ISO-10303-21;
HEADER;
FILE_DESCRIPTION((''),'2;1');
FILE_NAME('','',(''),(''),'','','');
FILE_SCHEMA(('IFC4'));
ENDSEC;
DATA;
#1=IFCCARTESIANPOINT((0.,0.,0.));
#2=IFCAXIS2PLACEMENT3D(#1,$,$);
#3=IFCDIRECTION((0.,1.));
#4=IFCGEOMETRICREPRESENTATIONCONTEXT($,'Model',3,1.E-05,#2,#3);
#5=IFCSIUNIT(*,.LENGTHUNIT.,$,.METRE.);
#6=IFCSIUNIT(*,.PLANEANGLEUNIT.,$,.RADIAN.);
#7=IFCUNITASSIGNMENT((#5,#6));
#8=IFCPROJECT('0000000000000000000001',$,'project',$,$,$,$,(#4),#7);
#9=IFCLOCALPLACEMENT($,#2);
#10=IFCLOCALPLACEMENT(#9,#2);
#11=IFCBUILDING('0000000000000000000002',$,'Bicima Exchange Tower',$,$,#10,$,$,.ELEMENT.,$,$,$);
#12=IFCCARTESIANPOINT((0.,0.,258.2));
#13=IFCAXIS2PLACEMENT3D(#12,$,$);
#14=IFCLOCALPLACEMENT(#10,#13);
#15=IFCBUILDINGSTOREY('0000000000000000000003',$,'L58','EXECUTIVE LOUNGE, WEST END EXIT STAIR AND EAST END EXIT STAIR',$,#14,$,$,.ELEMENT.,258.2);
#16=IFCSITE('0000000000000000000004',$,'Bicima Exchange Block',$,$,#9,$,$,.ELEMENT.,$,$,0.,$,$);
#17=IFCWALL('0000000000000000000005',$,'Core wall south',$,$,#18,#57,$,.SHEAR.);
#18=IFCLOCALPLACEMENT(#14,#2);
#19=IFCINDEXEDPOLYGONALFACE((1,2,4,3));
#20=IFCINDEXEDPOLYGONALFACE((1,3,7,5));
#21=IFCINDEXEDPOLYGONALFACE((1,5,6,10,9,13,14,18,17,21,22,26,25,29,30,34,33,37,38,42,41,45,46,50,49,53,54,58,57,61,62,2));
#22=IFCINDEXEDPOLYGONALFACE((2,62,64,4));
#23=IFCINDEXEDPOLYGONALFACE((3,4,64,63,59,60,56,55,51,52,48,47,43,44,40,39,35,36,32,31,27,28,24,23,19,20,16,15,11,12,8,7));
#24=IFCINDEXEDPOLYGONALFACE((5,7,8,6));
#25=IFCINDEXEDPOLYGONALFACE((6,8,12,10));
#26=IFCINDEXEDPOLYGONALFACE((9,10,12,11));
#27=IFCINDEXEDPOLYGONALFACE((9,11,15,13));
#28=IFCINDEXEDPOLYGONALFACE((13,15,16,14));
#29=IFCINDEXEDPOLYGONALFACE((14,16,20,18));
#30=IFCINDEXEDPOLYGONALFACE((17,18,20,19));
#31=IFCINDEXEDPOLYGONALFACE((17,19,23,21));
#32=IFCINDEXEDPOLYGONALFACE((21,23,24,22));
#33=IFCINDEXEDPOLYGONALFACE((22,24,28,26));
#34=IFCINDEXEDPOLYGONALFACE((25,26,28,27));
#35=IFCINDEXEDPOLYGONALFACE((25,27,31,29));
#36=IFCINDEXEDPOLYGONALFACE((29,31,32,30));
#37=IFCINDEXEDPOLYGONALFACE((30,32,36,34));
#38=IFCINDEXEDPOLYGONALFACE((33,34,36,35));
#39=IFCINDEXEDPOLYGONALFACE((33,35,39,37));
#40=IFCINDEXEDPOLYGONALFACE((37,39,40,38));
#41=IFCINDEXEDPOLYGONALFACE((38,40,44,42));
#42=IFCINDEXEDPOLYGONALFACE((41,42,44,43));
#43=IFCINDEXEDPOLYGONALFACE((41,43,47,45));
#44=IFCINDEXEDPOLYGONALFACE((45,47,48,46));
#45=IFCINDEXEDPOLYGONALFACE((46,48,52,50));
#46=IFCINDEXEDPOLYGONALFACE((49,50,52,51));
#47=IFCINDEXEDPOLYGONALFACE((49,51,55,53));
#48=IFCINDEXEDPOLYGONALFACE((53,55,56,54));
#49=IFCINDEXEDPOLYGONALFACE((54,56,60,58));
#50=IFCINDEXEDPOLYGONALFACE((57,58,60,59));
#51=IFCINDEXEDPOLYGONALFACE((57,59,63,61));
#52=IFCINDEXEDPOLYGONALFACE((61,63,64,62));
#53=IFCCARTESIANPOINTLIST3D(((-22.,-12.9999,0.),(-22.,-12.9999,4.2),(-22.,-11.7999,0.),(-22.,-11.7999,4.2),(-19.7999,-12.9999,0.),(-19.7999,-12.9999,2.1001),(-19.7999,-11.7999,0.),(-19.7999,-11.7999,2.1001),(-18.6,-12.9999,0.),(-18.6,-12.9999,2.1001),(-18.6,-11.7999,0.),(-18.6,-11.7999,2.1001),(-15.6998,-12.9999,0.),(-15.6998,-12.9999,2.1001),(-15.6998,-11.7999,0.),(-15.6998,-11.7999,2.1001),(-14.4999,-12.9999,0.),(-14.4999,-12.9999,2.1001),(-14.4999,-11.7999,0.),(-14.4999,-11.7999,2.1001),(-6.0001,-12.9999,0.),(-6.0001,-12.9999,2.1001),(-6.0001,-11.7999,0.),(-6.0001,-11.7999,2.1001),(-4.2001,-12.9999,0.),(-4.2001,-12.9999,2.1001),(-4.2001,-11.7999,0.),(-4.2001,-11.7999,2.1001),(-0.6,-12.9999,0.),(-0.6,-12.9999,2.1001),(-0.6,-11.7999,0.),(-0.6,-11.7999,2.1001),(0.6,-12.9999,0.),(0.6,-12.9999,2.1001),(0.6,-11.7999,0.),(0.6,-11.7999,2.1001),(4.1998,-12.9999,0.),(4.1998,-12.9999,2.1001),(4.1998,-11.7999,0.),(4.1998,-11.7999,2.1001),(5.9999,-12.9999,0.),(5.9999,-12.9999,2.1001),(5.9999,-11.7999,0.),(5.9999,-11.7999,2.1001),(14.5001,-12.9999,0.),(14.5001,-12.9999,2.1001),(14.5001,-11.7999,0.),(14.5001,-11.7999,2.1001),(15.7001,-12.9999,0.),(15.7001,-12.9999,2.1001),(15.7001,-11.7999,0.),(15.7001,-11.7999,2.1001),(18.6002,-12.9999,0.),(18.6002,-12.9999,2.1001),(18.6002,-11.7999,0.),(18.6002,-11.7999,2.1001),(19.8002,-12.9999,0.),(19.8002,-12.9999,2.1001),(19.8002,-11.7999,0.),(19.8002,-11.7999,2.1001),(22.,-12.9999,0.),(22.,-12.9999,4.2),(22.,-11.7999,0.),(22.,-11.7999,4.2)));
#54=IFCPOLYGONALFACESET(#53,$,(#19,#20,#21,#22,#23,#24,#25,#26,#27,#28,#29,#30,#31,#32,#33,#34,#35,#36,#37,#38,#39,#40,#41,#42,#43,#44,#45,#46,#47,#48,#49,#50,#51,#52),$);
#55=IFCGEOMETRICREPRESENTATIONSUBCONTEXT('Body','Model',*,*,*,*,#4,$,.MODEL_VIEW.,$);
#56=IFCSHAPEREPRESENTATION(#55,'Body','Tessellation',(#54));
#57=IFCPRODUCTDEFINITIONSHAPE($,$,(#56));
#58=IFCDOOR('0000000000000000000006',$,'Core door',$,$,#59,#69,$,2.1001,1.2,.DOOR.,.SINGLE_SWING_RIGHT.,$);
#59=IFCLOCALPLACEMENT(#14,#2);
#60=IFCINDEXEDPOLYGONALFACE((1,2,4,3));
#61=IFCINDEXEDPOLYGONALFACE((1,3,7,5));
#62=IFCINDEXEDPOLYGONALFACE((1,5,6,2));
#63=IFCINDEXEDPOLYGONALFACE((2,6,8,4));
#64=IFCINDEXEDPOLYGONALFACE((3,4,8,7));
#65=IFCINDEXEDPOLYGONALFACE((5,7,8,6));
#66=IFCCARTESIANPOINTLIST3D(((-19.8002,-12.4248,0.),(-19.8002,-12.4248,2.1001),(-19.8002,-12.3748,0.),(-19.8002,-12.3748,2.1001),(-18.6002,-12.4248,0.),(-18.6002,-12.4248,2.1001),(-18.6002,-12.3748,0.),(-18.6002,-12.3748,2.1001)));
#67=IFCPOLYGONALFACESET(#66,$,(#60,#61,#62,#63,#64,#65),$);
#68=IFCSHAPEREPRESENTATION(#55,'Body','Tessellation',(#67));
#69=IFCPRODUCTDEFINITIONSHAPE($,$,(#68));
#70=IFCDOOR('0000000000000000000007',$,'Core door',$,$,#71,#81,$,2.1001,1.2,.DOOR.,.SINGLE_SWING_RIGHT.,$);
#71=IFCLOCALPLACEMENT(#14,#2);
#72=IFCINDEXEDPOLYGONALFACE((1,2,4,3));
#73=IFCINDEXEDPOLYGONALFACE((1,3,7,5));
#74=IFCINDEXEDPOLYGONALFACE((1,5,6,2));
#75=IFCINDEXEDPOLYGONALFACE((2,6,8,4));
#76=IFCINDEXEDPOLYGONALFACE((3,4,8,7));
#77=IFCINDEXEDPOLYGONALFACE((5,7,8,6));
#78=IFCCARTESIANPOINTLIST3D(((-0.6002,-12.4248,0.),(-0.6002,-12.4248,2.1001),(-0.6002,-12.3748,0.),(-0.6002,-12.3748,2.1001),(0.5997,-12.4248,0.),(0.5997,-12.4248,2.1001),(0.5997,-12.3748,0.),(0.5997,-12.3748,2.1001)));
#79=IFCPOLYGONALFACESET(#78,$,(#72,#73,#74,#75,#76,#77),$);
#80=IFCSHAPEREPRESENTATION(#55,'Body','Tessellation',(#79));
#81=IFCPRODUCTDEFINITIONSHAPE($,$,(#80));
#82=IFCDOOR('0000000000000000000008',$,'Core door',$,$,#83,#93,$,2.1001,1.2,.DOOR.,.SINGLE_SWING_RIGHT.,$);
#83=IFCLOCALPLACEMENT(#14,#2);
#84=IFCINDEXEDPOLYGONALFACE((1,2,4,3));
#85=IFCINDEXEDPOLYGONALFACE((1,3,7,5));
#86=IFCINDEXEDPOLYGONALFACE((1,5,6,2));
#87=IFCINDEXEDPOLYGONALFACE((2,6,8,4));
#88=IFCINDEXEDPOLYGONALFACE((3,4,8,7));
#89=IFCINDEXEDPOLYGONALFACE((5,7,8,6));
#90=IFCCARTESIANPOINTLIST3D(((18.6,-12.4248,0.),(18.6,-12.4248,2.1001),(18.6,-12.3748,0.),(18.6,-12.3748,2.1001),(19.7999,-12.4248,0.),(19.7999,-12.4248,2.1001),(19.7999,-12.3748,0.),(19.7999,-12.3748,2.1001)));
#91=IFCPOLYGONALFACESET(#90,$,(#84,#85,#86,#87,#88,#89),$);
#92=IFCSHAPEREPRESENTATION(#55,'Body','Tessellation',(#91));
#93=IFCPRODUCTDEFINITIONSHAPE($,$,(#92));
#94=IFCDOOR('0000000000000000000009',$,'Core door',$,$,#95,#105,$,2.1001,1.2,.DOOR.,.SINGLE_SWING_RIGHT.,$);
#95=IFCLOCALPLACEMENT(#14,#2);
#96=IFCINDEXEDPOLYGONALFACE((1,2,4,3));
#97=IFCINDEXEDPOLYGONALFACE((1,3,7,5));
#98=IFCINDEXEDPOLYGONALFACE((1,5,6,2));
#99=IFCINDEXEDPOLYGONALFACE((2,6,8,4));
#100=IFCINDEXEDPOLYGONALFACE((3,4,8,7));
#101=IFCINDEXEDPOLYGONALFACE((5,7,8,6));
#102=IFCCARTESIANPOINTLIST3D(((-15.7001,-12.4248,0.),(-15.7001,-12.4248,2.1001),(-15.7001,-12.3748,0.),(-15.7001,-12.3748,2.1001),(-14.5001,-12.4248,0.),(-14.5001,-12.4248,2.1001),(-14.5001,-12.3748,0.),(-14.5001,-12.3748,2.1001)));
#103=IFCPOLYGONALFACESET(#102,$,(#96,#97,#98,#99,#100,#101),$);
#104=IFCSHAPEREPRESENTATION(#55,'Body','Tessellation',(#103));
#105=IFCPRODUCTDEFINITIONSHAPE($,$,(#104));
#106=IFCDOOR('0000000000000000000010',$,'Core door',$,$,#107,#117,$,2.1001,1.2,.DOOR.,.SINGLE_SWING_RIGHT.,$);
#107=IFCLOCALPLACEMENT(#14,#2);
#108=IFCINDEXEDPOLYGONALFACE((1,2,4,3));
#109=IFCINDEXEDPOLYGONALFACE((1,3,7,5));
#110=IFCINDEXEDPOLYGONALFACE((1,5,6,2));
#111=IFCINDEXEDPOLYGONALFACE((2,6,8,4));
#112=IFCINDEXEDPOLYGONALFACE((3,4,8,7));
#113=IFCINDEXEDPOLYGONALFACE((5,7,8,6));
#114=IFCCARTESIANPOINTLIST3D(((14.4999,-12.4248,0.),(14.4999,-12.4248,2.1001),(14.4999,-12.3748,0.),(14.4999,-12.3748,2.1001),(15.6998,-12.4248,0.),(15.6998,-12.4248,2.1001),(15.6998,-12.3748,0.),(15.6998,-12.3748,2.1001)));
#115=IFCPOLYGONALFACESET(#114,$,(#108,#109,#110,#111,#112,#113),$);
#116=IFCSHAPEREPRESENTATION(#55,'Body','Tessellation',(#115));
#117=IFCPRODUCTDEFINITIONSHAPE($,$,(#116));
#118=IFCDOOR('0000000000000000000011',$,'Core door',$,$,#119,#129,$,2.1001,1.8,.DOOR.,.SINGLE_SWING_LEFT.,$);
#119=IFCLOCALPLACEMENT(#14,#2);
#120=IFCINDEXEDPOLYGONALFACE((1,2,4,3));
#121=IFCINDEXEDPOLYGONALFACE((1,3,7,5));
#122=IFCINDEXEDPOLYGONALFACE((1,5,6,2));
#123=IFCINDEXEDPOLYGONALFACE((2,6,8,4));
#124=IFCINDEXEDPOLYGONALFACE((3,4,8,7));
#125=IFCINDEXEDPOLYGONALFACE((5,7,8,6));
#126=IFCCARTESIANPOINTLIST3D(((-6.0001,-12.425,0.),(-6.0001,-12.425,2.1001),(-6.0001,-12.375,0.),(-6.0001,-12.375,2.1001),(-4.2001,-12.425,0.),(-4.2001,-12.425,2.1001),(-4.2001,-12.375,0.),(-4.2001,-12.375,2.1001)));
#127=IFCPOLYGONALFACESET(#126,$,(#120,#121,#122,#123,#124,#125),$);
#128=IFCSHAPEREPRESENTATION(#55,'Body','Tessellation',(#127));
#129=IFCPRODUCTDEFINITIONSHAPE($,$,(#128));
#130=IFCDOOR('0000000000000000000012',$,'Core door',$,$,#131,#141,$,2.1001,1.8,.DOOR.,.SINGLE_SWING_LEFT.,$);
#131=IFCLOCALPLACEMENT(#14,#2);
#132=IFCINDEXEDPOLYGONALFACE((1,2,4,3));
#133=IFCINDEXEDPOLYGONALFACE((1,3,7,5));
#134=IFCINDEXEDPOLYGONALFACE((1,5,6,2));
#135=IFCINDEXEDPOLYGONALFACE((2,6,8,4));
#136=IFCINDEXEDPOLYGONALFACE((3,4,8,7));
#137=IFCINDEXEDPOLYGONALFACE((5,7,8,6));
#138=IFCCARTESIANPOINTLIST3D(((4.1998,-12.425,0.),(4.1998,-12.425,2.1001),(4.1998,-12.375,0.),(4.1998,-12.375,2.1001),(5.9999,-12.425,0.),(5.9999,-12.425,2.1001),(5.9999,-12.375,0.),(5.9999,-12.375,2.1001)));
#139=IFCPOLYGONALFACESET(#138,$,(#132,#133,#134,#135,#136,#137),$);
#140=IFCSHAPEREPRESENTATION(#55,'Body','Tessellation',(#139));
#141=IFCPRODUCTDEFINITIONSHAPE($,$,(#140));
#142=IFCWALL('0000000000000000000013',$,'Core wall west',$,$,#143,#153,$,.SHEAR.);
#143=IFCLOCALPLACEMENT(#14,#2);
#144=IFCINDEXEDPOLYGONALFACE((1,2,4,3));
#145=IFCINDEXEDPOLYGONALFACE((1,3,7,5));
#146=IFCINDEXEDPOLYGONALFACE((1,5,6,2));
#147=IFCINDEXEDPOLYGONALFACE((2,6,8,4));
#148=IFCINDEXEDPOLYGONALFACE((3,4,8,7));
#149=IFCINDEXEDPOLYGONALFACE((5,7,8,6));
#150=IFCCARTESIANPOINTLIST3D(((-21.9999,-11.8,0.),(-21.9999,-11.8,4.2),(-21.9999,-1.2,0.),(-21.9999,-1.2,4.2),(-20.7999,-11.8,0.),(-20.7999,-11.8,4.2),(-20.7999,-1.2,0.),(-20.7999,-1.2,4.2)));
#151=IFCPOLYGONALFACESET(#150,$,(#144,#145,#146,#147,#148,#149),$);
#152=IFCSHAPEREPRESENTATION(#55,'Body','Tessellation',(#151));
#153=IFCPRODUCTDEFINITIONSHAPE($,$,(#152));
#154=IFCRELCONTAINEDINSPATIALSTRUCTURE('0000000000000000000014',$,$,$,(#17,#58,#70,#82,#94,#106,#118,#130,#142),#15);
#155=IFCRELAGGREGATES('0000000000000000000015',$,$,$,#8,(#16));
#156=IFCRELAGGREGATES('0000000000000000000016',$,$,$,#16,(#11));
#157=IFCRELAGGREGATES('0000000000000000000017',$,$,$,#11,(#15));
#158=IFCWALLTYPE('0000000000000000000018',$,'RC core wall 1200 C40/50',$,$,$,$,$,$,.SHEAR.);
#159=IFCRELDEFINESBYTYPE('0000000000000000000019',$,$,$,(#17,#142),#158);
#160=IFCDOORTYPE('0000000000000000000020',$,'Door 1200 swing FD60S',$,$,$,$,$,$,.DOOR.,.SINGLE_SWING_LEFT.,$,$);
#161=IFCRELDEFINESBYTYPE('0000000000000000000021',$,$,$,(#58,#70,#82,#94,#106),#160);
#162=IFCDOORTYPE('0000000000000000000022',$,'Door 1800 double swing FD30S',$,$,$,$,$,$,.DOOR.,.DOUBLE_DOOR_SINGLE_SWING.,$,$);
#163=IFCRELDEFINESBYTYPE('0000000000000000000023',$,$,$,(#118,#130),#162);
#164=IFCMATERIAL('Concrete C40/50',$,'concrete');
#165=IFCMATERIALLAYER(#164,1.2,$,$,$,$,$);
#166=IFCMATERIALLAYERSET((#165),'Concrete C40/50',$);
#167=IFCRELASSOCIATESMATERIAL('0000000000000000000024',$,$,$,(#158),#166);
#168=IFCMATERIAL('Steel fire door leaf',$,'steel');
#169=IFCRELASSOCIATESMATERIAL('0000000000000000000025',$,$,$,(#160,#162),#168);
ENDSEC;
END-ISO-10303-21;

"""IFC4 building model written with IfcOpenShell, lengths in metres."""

from ifc_helpers import new_model, si_unit, direction, frame, frame_2d, origin, place, context, subcontext, project, spatial, rectangle, extrude, material, layer, layer_set, type_object, element, fill, save


model = new_model("IFC4")

# Units and contexts
model_context = context("Model", 3, precision=1e-05, world=origin(), true_north=direction((0.0, 1.0)))
body_context = subcontext(model_context, "Body", "Model", "MODEL_VIEW")
ifc_project = project(units=[si_unit("LENGTHUNIT", "METRE"), si_unit("PLANEANGLEUNIT", "RADIAN")], contexts=[model_context])

# Site, building, storey
site_placement = place(None, origin())
site = spatial("IfcSite", under=ifc_project, at=site_placement, Name="Bicima Exchange Block", CompositionType="ELEMENT", RefElevation=0.0)
building_placement = place(site_placement, origin())
building = spatial("IfcBuilding", under=site, at=building_placement, Name="Bicima Exchange Tower", CompositionType="ELEMENT")
storey_placement = place(building_placement, frame((0.0, 0.0, 258.2)))
storey = spatial("IfcBuildingStorey", under=building, at=storey_placement, Name="L58", Description="EXECUTIVE LOUNGE, WEST END EXIT STAIR AND EAST END EXIT STAIR", CompositionType="ELEMENT", Elevation=258.2)

# Wall, openings, doors
ifc_material_1 = material(Name="Concrete C40/50", Category="concrete")
ifc_layer_1 = layer(ifc_material_1, 1.2)
ifc_layer_set_1 = layer_set([ifc_layer_1], Name="Concrete C40/50")
wall_type_1 = type_object("IfcWallType", Name="RC core wall 1200 C40/50", PredefinedType="SHEAR", material=ifc_layer_set_1)
wall_1_placement = place(storey_placement, frame((-22.0, -12.3999, 0.0), z_axis=(0.0, 0.0, 1.0), x_axis=(1.0, 0.0, 0.0)))
wall_1 = element("IfcWall", 1, at=wall_1_placement, inside=storey, type_object=wall_type_1, Name="Core wall south", PredefinedType="SHEAR", context=body_context, shape_type="SweptSolid", body=[
    extrude(rectangle(XDim=44.0, YDim=1.2, at=frame_2d((22.0, 0.0))), origin(), (0.0, 0.0, 1.0), 4.2),
])
opening_1_placement = place(wall_1_placement, frame((2.2, 0.0, 0.0)))
opening_1 = element("IfcOpeningElement", 2, at=opening_1_placement, cuts=wall_1, PredefinedType="OPENING", context=body_context, shape_type="SweptSolid", body=[
    extrude(rectangle(XDim=1.2, YDim=2.1001, at=frame_2d((0.6001, 1.05))), frame((0.0, 0.6118, 0.0), z_axis=(0.0, -1.0, 0.0), x_axis=(1.0, 0.0, 0.0)), (0.0, 0.0, 1.0), 1.2239),
])
opening_2_placement = place(wall_1_placement, frame((21.3999, 0.0, 0.0)))
opening_2 = element("IfcOpeningElement", 3, at=opening_2_placement, cuts=wall_1, PredefinedType="OPENING", context=body_context, shape_type="SweptSolid", body=[
    extrude(rectangle(XDim=1.2, YDim=2.1001, at=frame_2d((0.6001, 1.05))), frame((0.0, 0.6118, 0.0), z_axis=(0.0, -1.0, 0.0), x_axis=(1.0, 0.0, 0.0)), (0.0, 0.0, 1.0), 1.2239),
])
opening_3_placement = place(wall_1_placement, frame((40.6001, 0.0, 0.0)))
opening_3 = element("IfcOpeningElement", 4, at=opening_3_placement, cuts=wall_1, PredefinedType="OPENING", context=body_context, shape_type="SweptSolid", body=[
    extrude(rectangle(XDim=1.2, YDim=2.1001, at=frame_2d((0.6001, 1.05))), frame((0.0, 0.6118, 0.0), z_axis=(0.0, -1.0, 0.0), x_axis=(1.0, 0.0, 0.0)), (0.0, 0.0, 1.0), 1.2239),
])
opening_4_placement = place(wall_1_placement, frame((16.0, 0.0, 0.0)))
opening_4 = element("IfcOpeningElement", 5, at=opening_4_placement, cuts=wall_1, PredefinedType="OPENING", context=body_context, shape_type="SweptSolid", body=[
    extrude(rectangle(XDim=1.8, YDim=2.1001, at=frame_2d((0.8999, 1.05))), frame((0.0, 0.6118, 0.0), z_axis=(0.0, -1.0, 0.0), x_axis=(1.0, 0.0, 0.0)), (0.0, 0.0, 1.0), 1.2239),
])
opening_5_placement = place(wall_1_placement, frame((6.3, 0.0, 0.0)))
opening_5 = element("IfcOpeningElement", 6, at=opening_5_placement, cuts=wall_1, PredefinedType="OPENING", context=body_context, shape_type="SweptSolid", body=[
    extrude(rectangle(XDim=1.2, YDim=2.1001, at=frame_2d((0.6001, 1.05))), frame((0.0, 0.6118, 0.0), z_axis=(0.0, -1.0, 0.0), x_axis=(1.0, 0.0, 0.0)), (0.0, 0.0, 1.0), 1.2239),
])
opening_6_placement = place(wall_1_placement, frame((26.2, 0.0, 0.0)))
opening_6 = element("IfcOpeningElement", 7, at=opening_6_placement, cuts=wall_1, PredefinedType="OPENING", context=body_context, shape_type="SweptSolid", body=[
    extrude(rectangle(XDim=1.8, YDim=2.1001, at=frame_2d((0.8999, 1.05))), frame((0.0, 0.6118, 0.0), z_axis=(0.0, -1.0, 0.0), x_axis=(1.0, 0.0, 0.0)), (0.0, 0.0, 1.0), 1.2239),
])
opening_7_placement = place(wall_1_placement, frame((36.5, 0.0, 0.0)))
opening_7 = element("IfcOpeningElement", 8, at=opening_7_placement, cuts=wall_1, PredefinedType="OPENING", context=body_context, shape_type="SweptSolid", body=[
    extrude(rectangle(XDim=1.2, YDim=2.1001, at=frame_2d((0.6001, 1.05))), frame((0.0, 0.6118, 0.0), z_axis=(0.0, -1.0, 0.0), x_axis=(1.0, 0.0, 0.0)), (0.0, 0.0, 1.0), 1.2239),
])
ifc_material_2 = material(Name="Steel fire door leaf", Category="steel")
door_type_1 = type_object("IfcDoorType", Name="Door 1200 swing FD60S", OperationType="SINGLE_SWING_LEFT", PredefinedType="DOOR", material=ifc_material_2)
door_1_placement = place(opening_1_placement, frame((1.2, 0.0, 0.0), z_axis=(0.0, 0.0, 1.0), x_axis=(-1.0, 0.0, 0.0)))
door_1 = element("IfcDoor", 9, at=door_1_placement, inside=storey, type_object=door_type_1, Name="Core door", OperationType="SINGLE_SWING_RIGHT", OverallHeight=2.1001, OverallWidth=1.2, PredefinedType="DOOR", context=body_context, shape_type="SweptSolid", body=[
    extrude(rectangle(XDim=1.2, YDim=2.1001, at=frame_2d((0.6001, 1.05))), frame((0.0, 0.0249, 0.0), z_axis=(0.0, -1.0, 0.0), x_axis=(1.0, 0.0, 0.0)), (0.0, 0.0, 1.0), 0.05),
])
fill(opening_1, door_1)
door_2_placement = place(opening_2_placement, frame((1.2, 0.0, 0.0), z_axis=(0.0, 0.0, 1.0), x_axis=(-1.0, 0.0, 0.0)))
door_2 = element("IfcDoor", 10, at=door_2_placement, inside=storey, type_object=door_type_1, Name="Core door", OperationType="SINGLE_SWING_RIGHT", OverallHeight=2.1001, OverallWidth=1.2, PredefinedType="DOOR", context=body_context, shape_type="SweptSolid", body=[
    extrude(rectangle(XDim=1.2, YDim=2.1001, at=frame_2d((0.6001, 1.05))), frame((0.0, 0.0249, 0.0), z_axis=(0.0, -1.0, 0.0), x_axis=(1.0, 0.0, 0.0)), (0.0, 0.0, 1.0), 0.05),
])
fill(opening_2, door_2)
door_3_placement = place(opening_3_placement, frame((1.2, 0.0, 0.0), z_axis=(0.0, 0.0, 1.0), x_axis=(-1.0, 0.0, 0.0)))
door_3 = element("IfcDoor", 11, at=door_3_placement, inside=storey, type_object=door_type_1, Name="Core door", OperationType="SINGLE_SWING_RIGHT", OverallHeight=2.1001, OverallWidth=1.2, PredefinedType="DOOR", context=body_context, shape_type="SweptSolid", body=[
    extrude(rectangle(XDim=1.2, YDim=2.1001, at=frame_2d((0.6001, 1.05))), frame((0.0, 0.0249, 0.0), z_axis=(0.0, -1.0, 0.0), x_axis=(1.0, 0.0, 0.0)), (0.0, 0.0, 1.0), 0.05),
])
fill(opening_3, door_3)
door_4_placement = place(opening_5_placement, frame((1.2, 0.0, 0.0), z_axis=(0.0, 0.0, 1.0), x_axis=(-1.0, 0.0, 0.0)))
door_4 = element("IfcDoor", 12, at=door_4_placement, inside=storey, type_object=door_type_1, Name="Core door", OperationType="SINGLE_SWING_RIGHT", OverallHeight=2.1001, OverallWidth=1.2, PredefinedType="DOOR", context=body_context, shape_type="SweptSolid", body=[
    extrude(rectangle(XDim=1.2, YDim=2.1001, at=frame_2d((0.6001, 1.05))), frame((0.0, 0.0249, 0.0), z_axis=(0.0, -1.0, 0.0), x_axis=(1.0, 0.0, 0.0)), (0.0, 0.0, 1.0), 0.05),
])
fill(opening_5, door_4)
door_5_placement = place(opening_7_placement, frame((1.2, 0.0, 0.0), z_axis=(0.0, 0.0, 1.0), x_axis=(-1.0, 0.0, 0.0)))
door_5 = element("IfcDoor", 13, at=door_5_placement, inside=storey, type_object=door_type_1, Name="Core door", OperationType="SINGLE_SWING_RIGHT", OverallHeight=2.1001, OverallWidth=1.2, PredefinedType="DOOR", context=body_context, shape_type="SweptSolid", body=[
    extrude(rectangle(XDim=1.2, YDim=2.1001, at=frame_2d((0.6001, 1.05))), frame((0.0, 0.0249, 0.0), z_axis=(0.0, -1.0, 0.0), x_axis=(1.0, 0.0, 0.0)), (0.0, 0.0, 1.0), 0.05),
])
fill(opening_7, door_5)
door_type_2 = type_object("IfcDoorType", Name="Door 1800 double swing FD30S", OperationType="DOUBLE_DOOR_SINGLE_SWING", PredefinedType="DOOR", material=ifc_material_2)
door_6_placement = place(opening_4_placement, origin())
door_6 = element("IfcDoor", 14, at=door_6_placement, inside=storey, type_object=door_type_2, Name="Core door", OperationType="SINGLE_SWING_LEFT", OverallHeight=2.1001, OverallWidth=1.8, PredefinedType="DOOR", context=body_context, shape_type="SweptSolid", body=[
    extrude(rectangle(XDim=1.8, YDim=2.1001, at=frame_2d((0.8999, 1.05))), frame((0.0, 0.0249, 0.0), z_axis=(0.0, -1.0, 0.0), x_axis=(1.0, 0.0, 0.0)), (0.0, 0.0, 1.0), 0.05),
])
fill(opening_4, door_6)
door_7_placement = place(opening_6_placement, origin())
door_7 = element("IfcDoor", 15, at=door_7_placement, inside=storey, type_object=door_type_2, Name="Core door", OperationType="SINGLE_SWING_LEFT", OverallHeight=2.1001, OverallWidth=1.8, PredefinedType="DOOR", context=body_context, shape_type="SweptSolid", body=[
    extrude(rectangle(XDim=1.8, YDim=2.1001, at=frame_2d((0.8999, 1.05))), frame((0.0, 0.0249, 0.0), z_axis=(0.0, -1.0, 0.0), x_axis=(1.0, 0.0, 0.0)), (0.0, 0.0, 1.0), 0.05),
])
fill(opening_6, door_7)

# Wall
wall_2_placement = place(storey_placement, frame((-21.3999, -11.8, 0.0), z_axis=(0.0, 0.0, 1.0), x_axis=(0.0, 1.0, 0.0)))
element("IfcWall", 16, at=wall_2_placement, inside=storey, type_object=wall_type_1, Name="Core wall west", PredefinedType="SHEAR", context=body_context, shape_type="SweptSolid", body=[
    extrude(rectangle(XDim=10.6001, YDim=1.2, at=frame_2d((5.3, 0.0))), origin(), (0.0, 0.0, 1.0), 4.2),
])

save(model, "model.ifc")
